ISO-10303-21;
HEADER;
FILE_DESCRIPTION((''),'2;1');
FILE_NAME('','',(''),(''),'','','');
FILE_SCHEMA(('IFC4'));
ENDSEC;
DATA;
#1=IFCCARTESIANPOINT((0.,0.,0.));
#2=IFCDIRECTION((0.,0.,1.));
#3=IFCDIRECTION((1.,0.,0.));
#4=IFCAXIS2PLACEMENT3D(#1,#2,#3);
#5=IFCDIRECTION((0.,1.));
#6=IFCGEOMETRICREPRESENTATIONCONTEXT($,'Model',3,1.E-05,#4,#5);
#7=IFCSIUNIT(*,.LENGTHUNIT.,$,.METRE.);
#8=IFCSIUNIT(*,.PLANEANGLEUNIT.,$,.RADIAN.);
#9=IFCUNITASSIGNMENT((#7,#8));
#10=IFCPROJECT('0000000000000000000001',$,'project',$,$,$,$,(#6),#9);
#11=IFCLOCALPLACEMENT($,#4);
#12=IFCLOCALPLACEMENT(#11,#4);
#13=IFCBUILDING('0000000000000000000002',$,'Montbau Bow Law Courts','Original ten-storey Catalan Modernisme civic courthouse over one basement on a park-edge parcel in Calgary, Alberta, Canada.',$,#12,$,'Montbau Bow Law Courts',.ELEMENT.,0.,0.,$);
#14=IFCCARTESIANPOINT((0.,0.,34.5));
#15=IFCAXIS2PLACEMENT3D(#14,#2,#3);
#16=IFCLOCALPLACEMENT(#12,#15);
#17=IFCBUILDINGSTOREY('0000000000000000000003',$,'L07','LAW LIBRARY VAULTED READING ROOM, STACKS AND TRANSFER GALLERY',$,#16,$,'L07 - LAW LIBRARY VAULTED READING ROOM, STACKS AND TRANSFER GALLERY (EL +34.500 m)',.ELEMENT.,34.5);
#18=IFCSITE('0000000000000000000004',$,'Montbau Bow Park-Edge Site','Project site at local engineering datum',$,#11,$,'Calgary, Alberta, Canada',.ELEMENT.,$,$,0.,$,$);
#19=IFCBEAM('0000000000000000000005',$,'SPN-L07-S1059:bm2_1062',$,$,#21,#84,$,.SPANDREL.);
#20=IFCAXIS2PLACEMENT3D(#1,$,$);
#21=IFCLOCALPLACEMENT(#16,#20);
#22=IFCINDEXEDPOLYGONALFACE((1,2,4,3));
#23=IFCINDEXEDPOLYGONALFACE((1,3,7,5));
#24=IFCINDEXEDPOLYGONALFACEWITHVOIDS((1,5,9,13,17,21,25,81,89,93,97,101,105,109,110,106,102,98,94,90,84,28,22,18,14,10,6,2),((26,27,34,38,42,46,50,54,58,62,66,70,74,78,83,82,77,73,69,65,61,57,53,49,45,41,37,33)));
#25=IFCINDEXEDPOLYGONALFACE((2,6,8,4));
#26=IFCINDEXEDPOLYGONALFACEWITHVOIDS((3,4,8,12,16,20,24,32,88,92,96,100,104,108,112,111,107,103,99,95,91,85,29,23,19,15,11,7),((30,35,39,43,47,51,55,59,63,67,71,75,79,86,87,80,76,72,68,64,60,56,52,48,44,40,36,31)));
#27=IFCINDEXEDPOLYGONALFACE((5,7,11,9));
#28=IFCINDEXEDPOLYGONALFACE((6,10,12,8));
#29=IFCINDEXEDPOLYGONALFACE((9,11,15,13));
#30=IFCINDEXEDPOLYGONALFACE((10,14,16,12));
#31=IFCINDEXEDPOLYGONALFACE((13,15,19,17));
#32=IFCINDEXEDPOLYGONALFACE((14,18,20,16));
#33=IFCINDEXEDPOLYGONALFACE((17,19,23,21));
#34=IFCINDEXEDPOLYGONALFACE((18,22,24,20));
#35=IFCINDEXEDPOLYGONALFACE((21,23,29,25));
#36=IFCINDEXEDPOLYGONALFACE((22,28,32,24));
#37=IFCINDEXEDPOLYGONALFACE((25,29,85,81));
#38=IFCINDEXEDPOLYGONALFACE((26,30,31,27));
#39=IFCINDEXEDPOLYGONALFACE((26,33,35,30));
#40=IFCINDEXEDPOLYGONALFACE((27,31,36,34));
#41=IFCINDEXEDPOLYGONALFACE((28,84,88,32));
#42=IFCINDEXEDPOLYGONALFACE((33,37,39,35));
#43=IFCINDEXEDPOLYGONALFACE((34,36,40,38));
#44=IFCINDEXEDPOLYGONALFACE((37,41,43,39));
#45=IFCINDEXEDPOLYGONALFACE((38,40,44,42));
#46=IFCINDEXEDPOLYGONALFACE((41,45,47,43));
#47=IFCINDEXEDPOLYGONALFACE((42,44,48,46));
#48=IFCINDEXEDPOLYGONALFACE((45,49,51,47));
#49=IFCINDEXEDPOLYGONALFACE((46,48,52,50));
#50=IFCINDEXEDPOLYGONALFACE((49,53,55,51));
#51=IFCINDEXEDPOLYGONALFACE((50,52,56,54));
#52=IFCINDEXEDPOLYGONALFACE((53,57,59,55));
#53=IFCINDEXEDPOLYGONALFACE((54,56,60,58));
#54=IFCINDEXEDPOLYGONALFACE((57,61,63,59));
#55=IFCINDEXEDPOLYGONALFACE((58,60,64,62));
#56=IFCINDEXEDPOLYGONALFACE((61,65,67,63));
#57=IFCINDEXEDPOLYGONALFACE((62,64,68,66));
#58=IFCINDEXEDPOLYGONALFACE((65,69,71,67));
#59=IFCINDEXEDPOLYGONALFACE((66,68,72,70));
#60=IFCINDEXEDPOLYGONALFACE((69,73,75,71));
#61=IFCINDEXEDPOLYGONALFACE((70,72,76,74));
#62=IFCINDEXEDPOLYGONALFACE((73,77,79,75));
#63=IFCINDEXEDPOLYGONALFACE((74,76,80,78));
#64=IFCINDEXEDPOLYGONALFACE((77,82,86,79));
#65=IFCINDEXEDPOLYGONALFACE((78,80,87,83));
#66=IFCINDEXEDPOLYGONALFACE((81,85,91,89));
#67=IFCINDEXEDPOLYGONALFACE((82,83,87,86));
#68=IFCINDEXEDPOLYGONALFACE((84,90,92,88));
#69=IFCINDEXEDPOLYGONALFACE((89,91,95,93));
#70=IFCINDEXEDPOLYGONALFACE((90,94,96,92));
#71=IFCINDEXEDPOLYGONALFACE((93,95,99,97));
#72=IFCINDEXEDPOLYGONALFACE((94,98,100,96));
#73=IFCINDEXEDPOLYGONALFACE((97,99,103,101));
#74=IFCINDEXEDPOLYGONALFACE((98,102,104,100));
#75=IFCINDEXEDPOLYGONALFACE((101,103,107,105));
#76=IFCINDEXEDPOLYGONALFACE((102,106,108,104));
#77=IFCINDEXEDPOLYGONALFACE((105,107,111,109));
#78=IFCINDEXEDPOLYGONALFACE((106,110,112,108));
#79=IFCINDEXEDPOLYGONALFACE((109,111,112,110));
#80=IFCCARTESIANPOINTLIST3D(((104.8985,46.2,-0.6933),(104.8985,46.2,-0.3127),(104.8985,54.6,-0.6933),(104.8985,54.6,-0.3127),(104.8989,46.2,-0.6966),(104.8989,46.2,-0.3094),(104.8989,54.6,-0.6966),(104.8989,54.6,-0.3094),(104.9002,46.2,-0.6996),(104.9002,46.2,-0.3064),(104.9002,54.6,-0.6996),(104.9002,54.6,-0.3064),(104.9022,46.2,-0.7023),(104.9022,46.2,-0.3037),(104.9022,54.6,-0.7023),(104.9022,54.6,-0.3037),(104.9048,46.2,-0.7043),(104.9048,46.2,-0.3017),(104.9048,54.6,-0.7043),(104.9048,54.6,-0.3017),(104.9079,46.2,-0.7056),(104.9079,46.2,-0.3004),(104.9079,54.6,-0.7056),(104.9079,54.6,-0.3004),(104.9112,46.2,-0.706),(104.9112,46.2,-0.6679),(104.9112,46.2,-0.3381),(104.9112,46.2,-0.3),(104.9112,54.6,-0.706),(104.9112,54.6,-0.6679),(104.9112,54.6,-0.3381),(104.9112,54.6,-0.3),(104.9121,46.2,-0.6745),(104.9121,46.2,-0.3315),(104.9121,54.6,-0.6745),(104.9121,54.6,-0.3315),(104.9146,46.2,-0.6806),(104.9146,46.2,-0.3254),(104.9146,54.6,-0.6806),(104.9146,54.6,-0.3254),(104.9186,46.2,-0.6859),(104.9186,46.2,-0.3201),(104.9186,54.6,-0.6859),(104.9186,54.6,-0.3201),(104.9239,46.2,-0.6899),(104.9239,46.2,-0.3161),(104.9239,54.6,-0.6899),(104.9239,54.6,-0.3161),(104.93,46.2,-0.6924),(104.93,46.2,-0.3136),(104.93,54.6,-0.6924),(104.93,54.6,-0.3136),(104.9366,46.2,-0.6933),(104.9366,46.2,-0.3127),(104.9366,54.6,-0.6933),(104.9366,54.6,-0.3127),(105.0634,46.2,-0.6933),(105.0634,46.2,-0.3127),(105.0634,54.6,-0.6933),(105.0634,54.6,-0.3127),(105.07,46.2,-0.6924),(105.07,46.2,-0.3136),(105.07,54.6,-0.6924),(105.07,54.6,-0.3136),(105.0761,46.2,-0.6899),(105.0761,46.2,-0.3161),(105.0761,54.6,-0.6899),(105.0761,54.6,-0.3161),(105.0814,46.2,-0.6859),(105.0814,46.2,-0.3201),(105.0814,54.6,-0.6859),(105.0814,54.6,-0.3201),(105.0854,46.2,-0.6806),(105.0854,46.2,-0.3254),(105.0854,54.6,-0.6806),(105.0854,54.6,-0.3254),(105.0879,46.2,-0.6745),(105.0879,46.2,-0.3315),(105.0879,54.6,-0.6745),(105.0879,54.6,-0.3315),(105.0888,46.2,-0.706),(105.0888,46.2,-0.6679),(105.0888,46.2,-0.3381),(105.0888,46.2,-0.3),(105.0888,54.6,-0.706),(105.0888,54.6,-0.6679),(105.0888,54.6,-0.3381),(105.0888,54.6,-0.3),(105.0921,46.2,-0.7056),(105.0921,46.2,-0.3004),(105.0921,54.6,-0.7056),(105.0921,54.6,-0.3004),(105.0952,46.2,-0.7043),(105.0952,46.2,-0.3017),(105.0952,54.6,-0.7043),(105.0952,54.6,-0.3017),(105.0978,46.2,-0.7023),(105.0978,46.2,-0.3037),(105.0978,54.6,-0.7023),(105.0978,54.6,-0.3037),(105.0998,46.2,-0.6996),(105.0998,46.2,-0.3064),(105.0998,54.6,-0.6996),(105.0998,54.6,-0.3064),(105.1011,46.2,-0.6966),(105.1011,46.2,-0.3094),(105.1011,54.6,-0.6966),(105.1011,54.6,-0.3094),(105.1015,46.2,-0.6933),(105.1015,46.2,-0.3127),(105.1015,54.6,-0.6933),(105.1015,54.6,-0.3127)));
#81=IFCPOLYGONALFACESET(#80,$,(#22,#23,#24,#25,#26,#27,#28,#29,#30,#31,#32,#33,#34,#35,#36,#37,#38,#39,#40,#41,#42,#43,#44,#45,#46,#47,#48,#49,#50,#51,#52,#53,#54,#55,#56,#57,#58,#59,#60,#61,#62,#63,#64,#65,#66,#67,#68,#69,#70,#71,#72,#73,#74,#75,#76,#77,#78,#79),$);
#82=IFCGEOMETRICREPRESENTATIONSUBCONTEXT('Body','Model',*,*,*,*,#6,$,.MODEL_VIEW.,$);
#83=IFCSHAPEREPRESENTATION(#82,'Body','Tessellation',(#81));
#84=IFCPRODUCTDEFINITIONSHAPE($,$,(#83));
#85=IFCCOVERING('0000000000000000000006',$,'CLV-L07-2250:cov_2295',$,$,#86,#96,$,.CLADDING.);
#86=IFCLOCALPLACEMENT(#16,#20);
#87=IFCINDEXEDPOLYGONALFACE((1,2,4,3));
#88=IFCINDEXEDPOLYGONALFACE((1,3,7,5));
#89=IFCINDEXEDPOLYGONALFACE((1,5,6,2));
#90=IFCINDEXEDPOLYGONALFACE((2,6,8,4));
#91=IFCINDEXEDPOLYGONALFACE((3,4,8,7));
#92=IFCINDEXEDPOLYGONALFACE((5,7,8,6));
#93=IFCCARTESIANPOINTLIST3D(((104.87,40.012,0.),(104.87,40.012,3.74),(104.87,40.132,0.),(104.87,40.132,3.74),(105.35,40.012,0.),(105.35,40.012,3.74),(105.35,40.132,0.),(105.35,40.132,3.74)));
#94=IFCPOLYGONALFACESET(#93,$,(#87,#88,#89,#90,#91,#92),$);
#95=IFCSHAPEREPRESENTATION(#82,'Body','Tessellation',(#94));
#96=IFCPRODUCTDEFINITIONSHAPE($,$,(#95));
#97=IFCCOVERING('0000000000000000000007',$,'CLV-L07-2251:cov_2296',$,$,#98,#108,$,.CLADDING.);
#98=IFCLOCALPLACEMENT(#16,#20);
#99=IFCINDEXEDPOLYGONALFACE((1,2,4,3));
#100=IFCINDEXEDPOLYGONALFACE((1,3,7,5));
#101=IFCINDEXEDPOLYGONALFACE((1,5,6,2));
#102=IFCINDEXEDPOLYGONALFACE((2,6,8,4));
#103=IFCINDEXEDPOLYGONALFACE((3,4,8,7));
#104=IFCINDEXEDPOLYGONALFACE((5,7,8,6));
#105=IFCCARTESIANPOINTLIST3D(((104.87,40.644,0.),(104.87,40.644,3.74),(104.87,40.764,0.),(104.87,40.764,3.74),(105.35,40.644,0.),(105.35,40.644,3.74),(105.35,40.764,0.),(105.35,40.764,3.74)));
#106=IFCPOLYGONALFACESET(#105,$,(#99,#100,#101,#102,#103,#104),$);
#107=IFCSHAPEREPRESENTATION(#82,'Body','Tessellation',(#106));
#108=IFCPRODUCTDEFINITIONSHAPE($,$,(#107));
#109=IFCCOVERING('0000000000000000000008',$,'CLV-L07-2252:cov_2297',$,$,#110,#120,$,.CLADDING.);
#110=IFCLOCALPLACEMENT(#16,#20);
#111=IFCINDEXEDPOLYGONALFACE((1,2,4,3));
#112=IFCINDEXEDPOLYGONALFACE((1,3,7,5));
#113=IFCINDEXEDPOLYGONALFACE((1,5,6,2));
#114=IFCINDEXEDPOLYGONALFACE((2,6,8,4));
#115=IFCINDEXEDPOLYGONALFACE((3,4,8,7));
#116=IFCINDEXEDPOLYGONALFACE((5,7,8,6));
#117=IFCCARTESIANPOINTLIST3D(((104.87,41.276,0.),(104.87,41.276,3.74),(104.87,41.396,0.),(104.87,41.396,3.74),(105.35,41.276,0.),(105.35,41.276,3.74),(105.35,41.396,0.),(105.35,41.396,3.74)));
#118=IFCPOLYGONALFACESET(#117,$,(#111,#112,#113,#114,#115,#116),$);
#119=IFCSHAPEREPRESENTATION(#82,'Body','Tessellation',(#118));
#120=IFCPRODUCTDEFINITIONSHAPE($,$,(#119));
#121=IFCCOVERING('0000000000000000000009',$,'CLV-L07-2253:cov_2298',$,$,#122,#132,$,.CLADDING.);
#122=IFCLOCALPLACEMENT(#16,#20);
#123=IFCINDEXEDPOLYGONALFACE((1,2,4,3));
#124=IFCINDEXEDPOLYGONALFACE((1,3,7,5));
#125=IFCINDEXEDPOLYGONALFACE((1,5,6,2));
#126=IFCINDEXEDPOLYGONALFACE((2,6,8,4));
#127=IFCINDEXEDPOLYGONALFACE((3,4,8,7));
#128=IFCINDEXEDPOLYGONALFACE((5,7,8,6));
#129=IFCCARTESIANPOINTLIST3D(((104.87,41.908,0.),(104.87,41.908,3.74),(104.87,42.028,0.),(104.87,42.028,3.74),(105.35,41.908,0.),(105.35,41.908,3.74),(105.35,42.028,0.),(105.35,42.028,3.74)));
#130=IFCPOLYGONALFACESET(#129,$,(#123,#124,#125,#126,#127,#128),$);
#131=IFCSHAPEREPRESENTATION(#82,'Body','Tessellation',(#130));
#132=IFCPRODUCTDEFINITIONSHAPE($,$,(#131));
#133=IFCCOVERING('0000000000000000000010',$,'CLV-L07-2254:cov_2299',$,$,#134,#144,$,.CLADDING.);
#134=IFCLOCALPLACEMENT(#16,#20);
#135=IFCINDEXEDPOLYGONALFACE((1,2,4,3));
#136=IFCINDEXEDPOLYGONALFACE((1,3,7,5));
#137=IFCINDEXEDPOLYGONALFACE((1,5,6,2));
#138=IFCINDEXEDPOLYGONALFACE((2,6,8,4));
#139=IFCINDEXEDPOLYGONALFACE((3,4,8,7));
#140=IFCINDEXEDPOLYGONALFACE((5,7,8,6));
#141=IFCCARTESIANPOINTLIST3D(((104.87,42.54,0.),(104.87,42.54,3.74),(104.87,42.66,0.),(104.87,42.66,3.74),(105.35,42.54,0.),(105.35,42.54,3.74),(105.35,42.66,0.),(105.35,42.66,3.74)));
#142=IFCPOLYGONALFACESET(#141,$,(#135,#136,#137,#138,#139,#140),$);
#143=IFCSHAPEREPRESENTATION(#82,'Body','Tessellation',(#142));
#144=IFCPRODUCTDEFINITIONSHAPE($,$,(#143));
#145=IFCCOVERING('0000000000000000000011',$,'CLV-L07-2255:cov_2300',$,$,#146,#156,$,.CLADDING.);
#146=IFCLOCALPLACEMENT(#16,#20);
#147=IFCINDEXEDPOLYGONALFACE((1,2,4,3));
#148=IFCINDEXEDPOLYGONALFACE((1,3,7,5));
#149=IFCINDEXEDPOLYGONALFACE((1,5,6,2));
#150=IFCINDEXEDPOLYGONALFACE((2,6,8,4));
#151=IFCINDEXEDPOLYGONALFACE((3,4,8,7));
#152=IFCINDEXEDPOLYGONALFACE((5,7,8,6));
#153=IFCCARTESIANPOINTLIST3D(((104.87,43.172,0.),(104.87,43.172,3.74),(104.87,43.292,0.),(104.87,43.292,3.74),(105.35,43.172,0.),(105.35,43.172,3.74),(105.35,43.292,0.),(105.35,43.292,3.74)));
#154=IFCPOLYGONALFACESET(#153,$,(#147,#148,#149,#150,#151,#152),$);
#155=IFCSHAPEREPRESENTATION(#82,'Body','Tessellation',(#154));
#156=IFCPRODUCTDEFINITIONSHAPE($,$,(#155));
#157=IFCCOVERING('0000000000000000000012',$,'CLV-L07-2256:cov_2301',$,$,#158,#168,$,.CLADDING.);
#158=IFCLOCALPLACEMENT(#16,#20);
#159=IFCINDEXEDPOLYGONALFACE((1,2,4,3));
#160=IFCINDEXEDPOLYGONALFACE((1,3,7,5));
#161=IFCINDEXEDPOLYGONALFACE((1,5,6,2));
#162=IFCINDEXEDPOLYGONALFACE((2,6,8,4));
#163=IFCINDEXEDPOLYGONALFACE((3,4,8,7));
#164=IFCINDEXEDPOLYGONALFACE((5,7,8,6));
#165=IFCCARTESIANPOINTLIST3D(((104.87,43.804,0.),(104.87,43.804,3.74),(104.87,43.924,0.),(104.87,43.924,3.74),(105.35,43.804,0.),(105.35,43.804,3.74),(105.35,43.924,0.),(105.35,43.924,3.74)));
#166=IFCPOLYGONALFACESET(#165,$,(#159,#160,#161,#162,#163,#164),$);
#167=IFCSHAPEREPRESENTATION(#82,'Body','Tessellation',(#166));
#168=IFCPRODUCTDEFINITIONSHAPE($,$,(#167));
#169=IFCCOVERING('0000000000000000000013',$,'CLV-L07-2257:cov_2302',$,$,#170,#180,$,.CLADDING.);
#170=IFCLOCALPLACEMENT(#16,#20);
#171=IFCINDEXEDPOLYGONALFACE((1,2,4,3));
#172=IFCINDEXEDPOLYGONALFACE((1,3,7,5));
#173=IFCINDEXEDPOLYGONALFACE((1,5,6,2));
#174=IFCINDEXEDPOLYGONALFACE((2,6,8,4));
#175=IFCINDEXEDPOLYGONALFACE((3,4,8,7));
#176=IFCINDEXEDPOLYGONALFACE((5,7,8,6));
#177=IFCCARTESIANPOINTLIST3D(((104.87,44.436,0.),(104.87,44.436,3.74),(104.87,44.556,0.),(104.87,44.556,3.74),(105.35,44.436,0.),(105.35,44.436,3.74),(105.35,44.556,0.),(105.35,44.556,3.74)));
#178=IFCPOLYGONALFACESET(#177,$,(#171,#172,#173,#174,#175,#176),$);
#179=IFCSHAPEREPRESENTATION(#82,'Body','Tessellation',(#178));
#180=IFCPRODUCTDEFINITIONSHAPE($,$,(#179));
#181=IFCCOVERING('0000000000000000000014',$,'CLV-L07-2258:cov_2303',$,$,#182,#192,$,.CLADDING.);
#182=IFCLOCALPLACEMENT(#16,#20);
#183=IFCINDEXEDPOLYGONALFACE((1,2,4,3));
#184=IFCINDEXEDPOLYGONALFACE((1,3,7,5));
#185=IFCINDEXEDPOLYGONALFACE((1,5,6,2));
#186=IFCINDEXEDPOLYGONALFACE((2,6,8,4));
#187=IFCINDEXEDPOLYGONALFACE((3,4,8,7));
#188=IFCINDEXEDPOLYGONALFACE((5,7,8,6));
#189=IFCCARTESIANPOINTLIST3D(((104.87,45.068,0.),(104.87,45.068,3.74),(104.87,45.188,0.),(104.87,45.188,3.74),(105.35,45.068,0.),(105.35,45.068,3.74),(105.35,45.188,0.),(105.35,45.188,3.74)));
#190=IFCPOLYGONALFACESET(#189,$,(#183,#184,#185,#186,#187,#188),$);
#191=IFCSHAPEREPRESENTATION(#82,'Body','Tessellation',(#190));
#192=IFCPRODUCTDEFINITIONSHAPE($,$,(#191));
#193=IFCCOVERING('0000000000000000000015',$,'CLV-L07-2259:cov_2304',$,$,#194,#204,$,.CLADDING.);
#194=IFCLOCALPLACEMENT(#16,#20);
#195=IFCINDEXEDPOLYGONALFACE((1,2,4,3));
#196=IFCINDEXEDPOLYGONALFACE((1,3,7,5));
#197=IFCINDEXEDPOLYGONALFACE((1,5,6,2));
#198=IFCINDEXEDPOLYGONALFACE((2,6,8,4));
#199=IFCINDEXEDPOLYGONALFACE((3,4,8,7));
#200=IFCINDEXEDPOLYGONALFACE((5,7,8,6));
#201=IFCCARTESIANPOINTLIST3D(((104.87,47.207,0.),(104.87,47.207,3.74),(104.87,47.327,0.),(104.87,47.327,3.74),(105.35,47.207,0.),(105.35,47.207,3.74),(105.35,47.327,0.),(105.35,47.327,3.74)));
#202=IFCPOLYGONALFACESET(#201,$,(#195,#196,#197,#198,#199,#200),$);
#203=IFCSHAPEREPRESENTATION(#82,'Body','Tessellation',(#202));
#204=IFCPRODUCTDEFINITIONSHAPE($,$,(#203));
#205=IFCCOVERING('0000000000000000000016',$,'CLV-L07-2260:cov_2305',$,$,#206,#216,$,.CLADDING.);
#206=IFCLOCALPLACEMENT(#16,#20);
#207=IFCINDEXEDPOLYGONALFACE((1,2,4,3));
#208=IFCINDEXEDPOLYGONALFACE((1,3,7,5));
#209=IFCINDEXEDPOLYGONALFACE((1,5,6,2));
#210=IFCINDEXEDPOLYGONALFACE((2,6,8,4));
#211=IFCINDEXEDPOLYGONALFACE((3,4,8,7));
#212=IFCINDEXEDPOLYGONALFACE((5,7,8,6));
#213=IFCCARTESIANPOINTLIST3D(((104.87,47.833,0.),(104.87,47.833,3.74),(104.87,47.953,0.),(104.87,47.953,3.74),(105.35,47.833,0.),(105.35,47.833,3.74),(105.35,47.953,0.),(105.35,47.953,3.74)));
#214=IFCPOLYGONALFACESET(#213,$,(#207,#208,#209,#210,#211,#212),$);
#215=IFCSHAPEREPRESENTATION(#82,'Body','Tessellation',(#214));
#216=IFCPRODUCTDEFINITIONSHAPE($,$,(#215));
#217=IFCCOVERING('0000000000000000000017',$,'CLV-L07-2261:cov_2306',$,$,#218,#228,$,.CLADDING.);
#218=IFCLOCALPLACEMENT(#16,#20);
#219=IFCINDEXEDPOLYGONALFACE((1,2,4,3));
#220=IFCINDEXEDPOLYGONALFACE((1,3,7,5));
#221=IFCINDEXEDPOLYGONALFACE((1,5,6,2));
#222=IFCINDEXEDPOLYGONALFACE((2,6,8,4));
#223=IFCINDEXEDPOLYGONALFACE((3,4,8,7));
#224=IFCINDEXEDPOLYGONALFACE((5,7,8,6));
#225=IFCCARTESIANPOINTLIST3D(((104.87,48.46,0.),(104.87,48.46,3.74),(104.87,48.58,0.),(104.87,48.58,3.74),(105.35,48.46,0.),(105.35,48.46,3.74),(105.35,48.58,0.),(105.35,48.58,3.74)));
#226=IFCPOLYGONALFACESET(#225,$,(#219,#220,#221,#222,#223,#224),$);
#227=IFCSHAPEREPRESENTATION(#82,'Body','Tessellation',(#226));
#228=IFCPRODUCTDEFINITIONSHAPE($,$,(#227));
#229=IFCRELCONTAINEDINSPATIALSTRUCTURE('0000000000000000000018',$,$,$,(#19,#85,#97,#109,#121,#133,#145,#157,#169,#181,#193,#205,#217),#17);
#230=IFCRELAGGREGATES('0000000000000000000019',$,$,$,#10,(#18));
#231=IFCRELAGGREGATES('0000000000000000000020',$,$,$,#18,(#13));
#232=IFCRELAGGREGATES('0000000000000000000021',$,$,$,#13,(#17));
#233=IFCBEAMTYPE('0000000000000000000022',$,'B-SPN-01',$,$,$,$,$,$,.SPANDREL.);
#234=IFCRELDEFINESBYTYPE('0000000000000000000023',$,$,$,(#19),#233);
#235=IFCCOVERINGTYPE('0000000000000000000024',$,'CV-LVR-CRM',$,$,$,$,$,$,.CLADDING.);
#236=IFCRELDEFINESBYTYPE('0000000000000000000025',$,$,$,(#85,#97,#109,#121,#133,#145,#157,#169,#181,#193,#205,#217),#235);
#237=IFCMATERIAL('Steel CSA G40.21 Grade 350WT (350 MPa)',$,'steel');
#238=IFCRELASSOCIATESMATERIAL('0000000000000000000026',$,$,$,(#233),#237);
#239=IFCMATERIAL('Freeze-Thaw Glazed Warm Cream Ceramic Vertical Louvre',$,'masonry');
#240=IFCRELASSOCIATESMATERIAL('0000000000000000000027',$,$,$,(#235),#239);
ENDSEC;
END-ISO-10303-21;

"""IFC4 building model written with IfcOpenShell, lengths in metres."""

from ifc_helpers import new_model, si_unit, direction, frame, frame_2d, origin_with_axes, origin_2d_with_axis, place, context, subcontext, project, spatial, rectangle, hollow_rectangle, extrude, material, material_profile, profile_set, type_object, element, save


model = new_model("IFC4")

# Units and contexts
model_context = context("Model", 3, precision=1e-05, world=origin_with_axes(), true_north=direction((0.0, 1.0)))
body_context = subcontext(model_context, "Body", "Model", "MODEL_VIEW")
ifc_project = project(units=[si_unit("LENGTHUNIT", "METRE"), si_unit("PLANEANGLEUNIT", "RADIAN")], contexts=[model_context])

# Site, building, storey
site_placement = place(None, origin_with_axes())
site = spatial("IfcSite", under=ifc_project, at=site_placement, Name="Montbau Bow Park-Edge Site", Description="Project site at local engineering datum", LongName="Calgary, Alberta, Canada", CompositionType="ELEMENT", RefElevation=0.0)
building_placement = place(site_placement, origin_with_axes())
building = spatial("IfcBuilding", under=site, at=building_placement, Name="Montbau Bow Law Courts", Description="Original ten-storey Catalan Modernisme civic courthouse over one basement on a park-edge parcel in Calgary, Alberta, Canada.", LongName="Montbau Bow Law Courts", CompositionType="ELEMENT", ElevationOfRefHeight=0.0, ElevationOfTerrain=0.0)
storey_placement = place(building_placement, frame((0.0, 0.0, 34.5), z_axis=(0.0, 0.0, 1.0), x_axis=(1.0, 0.0, 0.0)))
storey = spatial("IfcBuildingStorey", under=building, at=storey_placement, Name="L07", Description="LAW LIBRARY VAULTED READING ROOM, STACKS AND TRANSFER GALLERY", LongName="L07 - LAW LIBRARY VAULTED READING ROOM, STACKS AND TRANSFER GALLERY (EL +34.500 m)", CompositionType="ELEMENT", Elevation=34.5)

# Beam
ifc_material_1 = material(Name="Steel CSA G40.21 Grade 350WT (350 MPa)", Category="steel")
ifc_material_profile_1 = material_profile(ifc_material_1, hollow_rectangle(XDim=0.203, YDim=0.406, WallThickness=0.0127, InnerFilletRadius=0.0254, OuterFilletRadius=0.0127, at=origin_2d_with_axis()), Name="HSS406X203X13", Category="Main", Priority=0)
ifc_profile_set_1 = profile_set([ifc_material_profile_1], Name="Steel CSA G40.21 Grade 350WT (350 MPa)")
beam_type = type_object("IfcBeamType", Name="B-SPN-01", PredefinedType="SPANDREL", material=ifc_profile_set_1)
beam_1_placement = place(None, frame((105.0, 46.2, 33.997), z_axis=(0.0, 1.0, 0.0), x_axis=(-1.0, 0.0, 0.0)))
element("IfcBeam", 1, at=beam_1_placement, inside=storey, type_object=beam_type, Name="SPN-L07-S1059:bm2_1062", PredefinedType="SPANDREL", context=body_context, shape_type="SweptSolid", body=[
    extrude(hollow_rectangle(XDim=0.203, YDim=0.406, WallThickness=0.0127, InnerFilletRadius=0.0254, OuterFilletRadius=0.0127, at=origin_2d_with_axis()), origin_with_axes(), (0.0, 0.0, 1.0), 8.4),
])

# Coverings
ifc_material_2 = material(Name="Freeze-Thaw Glazed Warm Cream Ceramic Vertical Louvre", Category="masonry")
covering_type = type_object("IfcCoveringType", Name="CV-LVR-CRM", PredefinedType="CLADDING", material=ifc_material_2)
for number, where, z_axis, x_axis, name in (
    (2, (104.87, 40.072, 34.5), (0.0, -1.0, 0.0), (1.0, 0.0, 0.0), "CLV-L07-2250:cov_2295"),
    (3, (104.87, 40.704, 34.5), (0.0, -1.0, 0.0), (1.0, 0.0, 0.0), "CLV-L07-2251:cov_2296"),
    (4, (104.87, 41.336, 34.5), (0.0, -1.0, 0.0), (1.0, 0.0, 0.0), "CLV-L07-2252:cov_2297"),
    (5, (104.87, 41.968, 34.5), (0.0, -1.0, 0.0), (1.0, 0.0, 0.0), "CLV-L07-2253:cov_2298"),
    (6, (104.87, 42.6, 34.5), (0.0, -1.0, 0.0), (1.0, 0.0, 0.0), "CLV-L07-2254:cov_2299"),
    (7, (104.87, 43.232, 34.5), (0.0, -1.0, 0.0), (1.0, 0.0, 0.0), "CLV-L07-2255:cov_2300"),
    (8, (104.87, 43.864, 34.5), (0.0, -1.0, 0.0), (1.0, 0.0, 0.0), "CLV-L07-2256:cov_2301"),
    (9, (104.87, 44.496, 34.5), (0.0, -1.0, 0.0), (1.0, 0.0, 0.0), "CLV-L07-2257:cov_2302"),
    (10, (104.87, 45.128, 34.5), (0.0, -1.0, 0.0), (1.0, 0.0, 0.0), "CLV-L07-2258:cov_2303"),
    (11, (104.87, 47.267, 34.5), (0.0, -1.0, 0.0), (1.0, 0.0, 0.0), "CLV-L07-2259:cov_2304"),
    (12, (104.87, 47.893, 34.5), (0.0, -1.0, 0.0), (1.0, 0.0, 0.0), "CLV-L07-2260:cov_2305"),
    (13, (104.87, 48.52, 34.5), (0.0, -1.0, 0.0), (1.0, 0.0, 0.0), "CLV-L07-2261:cov_2306"),
):
    element("IfcCovering", number, at=place(None, frame(where, z_axis=z_axis, x_axis=x_axis)), inside=storey, type_object=covering_type, Name=name, PredefinedType="CLADDING", context=body_context, shape_type="SweptSolid", body=[
        extrude(rectangle(XDim=0.48, YDim=3.74, at=frame_2d((0.24, 1.87), x_axis=(1.0, 0.0))), frame((0.0, 0.0, -0.06), z_axis=(0.0, 0.0, 1.0), x_axis=(1.0, 0.0, 0.0)), (0.0, 0.0, 1.0), 0.12),
    ])

save(model, "model.ifc")
